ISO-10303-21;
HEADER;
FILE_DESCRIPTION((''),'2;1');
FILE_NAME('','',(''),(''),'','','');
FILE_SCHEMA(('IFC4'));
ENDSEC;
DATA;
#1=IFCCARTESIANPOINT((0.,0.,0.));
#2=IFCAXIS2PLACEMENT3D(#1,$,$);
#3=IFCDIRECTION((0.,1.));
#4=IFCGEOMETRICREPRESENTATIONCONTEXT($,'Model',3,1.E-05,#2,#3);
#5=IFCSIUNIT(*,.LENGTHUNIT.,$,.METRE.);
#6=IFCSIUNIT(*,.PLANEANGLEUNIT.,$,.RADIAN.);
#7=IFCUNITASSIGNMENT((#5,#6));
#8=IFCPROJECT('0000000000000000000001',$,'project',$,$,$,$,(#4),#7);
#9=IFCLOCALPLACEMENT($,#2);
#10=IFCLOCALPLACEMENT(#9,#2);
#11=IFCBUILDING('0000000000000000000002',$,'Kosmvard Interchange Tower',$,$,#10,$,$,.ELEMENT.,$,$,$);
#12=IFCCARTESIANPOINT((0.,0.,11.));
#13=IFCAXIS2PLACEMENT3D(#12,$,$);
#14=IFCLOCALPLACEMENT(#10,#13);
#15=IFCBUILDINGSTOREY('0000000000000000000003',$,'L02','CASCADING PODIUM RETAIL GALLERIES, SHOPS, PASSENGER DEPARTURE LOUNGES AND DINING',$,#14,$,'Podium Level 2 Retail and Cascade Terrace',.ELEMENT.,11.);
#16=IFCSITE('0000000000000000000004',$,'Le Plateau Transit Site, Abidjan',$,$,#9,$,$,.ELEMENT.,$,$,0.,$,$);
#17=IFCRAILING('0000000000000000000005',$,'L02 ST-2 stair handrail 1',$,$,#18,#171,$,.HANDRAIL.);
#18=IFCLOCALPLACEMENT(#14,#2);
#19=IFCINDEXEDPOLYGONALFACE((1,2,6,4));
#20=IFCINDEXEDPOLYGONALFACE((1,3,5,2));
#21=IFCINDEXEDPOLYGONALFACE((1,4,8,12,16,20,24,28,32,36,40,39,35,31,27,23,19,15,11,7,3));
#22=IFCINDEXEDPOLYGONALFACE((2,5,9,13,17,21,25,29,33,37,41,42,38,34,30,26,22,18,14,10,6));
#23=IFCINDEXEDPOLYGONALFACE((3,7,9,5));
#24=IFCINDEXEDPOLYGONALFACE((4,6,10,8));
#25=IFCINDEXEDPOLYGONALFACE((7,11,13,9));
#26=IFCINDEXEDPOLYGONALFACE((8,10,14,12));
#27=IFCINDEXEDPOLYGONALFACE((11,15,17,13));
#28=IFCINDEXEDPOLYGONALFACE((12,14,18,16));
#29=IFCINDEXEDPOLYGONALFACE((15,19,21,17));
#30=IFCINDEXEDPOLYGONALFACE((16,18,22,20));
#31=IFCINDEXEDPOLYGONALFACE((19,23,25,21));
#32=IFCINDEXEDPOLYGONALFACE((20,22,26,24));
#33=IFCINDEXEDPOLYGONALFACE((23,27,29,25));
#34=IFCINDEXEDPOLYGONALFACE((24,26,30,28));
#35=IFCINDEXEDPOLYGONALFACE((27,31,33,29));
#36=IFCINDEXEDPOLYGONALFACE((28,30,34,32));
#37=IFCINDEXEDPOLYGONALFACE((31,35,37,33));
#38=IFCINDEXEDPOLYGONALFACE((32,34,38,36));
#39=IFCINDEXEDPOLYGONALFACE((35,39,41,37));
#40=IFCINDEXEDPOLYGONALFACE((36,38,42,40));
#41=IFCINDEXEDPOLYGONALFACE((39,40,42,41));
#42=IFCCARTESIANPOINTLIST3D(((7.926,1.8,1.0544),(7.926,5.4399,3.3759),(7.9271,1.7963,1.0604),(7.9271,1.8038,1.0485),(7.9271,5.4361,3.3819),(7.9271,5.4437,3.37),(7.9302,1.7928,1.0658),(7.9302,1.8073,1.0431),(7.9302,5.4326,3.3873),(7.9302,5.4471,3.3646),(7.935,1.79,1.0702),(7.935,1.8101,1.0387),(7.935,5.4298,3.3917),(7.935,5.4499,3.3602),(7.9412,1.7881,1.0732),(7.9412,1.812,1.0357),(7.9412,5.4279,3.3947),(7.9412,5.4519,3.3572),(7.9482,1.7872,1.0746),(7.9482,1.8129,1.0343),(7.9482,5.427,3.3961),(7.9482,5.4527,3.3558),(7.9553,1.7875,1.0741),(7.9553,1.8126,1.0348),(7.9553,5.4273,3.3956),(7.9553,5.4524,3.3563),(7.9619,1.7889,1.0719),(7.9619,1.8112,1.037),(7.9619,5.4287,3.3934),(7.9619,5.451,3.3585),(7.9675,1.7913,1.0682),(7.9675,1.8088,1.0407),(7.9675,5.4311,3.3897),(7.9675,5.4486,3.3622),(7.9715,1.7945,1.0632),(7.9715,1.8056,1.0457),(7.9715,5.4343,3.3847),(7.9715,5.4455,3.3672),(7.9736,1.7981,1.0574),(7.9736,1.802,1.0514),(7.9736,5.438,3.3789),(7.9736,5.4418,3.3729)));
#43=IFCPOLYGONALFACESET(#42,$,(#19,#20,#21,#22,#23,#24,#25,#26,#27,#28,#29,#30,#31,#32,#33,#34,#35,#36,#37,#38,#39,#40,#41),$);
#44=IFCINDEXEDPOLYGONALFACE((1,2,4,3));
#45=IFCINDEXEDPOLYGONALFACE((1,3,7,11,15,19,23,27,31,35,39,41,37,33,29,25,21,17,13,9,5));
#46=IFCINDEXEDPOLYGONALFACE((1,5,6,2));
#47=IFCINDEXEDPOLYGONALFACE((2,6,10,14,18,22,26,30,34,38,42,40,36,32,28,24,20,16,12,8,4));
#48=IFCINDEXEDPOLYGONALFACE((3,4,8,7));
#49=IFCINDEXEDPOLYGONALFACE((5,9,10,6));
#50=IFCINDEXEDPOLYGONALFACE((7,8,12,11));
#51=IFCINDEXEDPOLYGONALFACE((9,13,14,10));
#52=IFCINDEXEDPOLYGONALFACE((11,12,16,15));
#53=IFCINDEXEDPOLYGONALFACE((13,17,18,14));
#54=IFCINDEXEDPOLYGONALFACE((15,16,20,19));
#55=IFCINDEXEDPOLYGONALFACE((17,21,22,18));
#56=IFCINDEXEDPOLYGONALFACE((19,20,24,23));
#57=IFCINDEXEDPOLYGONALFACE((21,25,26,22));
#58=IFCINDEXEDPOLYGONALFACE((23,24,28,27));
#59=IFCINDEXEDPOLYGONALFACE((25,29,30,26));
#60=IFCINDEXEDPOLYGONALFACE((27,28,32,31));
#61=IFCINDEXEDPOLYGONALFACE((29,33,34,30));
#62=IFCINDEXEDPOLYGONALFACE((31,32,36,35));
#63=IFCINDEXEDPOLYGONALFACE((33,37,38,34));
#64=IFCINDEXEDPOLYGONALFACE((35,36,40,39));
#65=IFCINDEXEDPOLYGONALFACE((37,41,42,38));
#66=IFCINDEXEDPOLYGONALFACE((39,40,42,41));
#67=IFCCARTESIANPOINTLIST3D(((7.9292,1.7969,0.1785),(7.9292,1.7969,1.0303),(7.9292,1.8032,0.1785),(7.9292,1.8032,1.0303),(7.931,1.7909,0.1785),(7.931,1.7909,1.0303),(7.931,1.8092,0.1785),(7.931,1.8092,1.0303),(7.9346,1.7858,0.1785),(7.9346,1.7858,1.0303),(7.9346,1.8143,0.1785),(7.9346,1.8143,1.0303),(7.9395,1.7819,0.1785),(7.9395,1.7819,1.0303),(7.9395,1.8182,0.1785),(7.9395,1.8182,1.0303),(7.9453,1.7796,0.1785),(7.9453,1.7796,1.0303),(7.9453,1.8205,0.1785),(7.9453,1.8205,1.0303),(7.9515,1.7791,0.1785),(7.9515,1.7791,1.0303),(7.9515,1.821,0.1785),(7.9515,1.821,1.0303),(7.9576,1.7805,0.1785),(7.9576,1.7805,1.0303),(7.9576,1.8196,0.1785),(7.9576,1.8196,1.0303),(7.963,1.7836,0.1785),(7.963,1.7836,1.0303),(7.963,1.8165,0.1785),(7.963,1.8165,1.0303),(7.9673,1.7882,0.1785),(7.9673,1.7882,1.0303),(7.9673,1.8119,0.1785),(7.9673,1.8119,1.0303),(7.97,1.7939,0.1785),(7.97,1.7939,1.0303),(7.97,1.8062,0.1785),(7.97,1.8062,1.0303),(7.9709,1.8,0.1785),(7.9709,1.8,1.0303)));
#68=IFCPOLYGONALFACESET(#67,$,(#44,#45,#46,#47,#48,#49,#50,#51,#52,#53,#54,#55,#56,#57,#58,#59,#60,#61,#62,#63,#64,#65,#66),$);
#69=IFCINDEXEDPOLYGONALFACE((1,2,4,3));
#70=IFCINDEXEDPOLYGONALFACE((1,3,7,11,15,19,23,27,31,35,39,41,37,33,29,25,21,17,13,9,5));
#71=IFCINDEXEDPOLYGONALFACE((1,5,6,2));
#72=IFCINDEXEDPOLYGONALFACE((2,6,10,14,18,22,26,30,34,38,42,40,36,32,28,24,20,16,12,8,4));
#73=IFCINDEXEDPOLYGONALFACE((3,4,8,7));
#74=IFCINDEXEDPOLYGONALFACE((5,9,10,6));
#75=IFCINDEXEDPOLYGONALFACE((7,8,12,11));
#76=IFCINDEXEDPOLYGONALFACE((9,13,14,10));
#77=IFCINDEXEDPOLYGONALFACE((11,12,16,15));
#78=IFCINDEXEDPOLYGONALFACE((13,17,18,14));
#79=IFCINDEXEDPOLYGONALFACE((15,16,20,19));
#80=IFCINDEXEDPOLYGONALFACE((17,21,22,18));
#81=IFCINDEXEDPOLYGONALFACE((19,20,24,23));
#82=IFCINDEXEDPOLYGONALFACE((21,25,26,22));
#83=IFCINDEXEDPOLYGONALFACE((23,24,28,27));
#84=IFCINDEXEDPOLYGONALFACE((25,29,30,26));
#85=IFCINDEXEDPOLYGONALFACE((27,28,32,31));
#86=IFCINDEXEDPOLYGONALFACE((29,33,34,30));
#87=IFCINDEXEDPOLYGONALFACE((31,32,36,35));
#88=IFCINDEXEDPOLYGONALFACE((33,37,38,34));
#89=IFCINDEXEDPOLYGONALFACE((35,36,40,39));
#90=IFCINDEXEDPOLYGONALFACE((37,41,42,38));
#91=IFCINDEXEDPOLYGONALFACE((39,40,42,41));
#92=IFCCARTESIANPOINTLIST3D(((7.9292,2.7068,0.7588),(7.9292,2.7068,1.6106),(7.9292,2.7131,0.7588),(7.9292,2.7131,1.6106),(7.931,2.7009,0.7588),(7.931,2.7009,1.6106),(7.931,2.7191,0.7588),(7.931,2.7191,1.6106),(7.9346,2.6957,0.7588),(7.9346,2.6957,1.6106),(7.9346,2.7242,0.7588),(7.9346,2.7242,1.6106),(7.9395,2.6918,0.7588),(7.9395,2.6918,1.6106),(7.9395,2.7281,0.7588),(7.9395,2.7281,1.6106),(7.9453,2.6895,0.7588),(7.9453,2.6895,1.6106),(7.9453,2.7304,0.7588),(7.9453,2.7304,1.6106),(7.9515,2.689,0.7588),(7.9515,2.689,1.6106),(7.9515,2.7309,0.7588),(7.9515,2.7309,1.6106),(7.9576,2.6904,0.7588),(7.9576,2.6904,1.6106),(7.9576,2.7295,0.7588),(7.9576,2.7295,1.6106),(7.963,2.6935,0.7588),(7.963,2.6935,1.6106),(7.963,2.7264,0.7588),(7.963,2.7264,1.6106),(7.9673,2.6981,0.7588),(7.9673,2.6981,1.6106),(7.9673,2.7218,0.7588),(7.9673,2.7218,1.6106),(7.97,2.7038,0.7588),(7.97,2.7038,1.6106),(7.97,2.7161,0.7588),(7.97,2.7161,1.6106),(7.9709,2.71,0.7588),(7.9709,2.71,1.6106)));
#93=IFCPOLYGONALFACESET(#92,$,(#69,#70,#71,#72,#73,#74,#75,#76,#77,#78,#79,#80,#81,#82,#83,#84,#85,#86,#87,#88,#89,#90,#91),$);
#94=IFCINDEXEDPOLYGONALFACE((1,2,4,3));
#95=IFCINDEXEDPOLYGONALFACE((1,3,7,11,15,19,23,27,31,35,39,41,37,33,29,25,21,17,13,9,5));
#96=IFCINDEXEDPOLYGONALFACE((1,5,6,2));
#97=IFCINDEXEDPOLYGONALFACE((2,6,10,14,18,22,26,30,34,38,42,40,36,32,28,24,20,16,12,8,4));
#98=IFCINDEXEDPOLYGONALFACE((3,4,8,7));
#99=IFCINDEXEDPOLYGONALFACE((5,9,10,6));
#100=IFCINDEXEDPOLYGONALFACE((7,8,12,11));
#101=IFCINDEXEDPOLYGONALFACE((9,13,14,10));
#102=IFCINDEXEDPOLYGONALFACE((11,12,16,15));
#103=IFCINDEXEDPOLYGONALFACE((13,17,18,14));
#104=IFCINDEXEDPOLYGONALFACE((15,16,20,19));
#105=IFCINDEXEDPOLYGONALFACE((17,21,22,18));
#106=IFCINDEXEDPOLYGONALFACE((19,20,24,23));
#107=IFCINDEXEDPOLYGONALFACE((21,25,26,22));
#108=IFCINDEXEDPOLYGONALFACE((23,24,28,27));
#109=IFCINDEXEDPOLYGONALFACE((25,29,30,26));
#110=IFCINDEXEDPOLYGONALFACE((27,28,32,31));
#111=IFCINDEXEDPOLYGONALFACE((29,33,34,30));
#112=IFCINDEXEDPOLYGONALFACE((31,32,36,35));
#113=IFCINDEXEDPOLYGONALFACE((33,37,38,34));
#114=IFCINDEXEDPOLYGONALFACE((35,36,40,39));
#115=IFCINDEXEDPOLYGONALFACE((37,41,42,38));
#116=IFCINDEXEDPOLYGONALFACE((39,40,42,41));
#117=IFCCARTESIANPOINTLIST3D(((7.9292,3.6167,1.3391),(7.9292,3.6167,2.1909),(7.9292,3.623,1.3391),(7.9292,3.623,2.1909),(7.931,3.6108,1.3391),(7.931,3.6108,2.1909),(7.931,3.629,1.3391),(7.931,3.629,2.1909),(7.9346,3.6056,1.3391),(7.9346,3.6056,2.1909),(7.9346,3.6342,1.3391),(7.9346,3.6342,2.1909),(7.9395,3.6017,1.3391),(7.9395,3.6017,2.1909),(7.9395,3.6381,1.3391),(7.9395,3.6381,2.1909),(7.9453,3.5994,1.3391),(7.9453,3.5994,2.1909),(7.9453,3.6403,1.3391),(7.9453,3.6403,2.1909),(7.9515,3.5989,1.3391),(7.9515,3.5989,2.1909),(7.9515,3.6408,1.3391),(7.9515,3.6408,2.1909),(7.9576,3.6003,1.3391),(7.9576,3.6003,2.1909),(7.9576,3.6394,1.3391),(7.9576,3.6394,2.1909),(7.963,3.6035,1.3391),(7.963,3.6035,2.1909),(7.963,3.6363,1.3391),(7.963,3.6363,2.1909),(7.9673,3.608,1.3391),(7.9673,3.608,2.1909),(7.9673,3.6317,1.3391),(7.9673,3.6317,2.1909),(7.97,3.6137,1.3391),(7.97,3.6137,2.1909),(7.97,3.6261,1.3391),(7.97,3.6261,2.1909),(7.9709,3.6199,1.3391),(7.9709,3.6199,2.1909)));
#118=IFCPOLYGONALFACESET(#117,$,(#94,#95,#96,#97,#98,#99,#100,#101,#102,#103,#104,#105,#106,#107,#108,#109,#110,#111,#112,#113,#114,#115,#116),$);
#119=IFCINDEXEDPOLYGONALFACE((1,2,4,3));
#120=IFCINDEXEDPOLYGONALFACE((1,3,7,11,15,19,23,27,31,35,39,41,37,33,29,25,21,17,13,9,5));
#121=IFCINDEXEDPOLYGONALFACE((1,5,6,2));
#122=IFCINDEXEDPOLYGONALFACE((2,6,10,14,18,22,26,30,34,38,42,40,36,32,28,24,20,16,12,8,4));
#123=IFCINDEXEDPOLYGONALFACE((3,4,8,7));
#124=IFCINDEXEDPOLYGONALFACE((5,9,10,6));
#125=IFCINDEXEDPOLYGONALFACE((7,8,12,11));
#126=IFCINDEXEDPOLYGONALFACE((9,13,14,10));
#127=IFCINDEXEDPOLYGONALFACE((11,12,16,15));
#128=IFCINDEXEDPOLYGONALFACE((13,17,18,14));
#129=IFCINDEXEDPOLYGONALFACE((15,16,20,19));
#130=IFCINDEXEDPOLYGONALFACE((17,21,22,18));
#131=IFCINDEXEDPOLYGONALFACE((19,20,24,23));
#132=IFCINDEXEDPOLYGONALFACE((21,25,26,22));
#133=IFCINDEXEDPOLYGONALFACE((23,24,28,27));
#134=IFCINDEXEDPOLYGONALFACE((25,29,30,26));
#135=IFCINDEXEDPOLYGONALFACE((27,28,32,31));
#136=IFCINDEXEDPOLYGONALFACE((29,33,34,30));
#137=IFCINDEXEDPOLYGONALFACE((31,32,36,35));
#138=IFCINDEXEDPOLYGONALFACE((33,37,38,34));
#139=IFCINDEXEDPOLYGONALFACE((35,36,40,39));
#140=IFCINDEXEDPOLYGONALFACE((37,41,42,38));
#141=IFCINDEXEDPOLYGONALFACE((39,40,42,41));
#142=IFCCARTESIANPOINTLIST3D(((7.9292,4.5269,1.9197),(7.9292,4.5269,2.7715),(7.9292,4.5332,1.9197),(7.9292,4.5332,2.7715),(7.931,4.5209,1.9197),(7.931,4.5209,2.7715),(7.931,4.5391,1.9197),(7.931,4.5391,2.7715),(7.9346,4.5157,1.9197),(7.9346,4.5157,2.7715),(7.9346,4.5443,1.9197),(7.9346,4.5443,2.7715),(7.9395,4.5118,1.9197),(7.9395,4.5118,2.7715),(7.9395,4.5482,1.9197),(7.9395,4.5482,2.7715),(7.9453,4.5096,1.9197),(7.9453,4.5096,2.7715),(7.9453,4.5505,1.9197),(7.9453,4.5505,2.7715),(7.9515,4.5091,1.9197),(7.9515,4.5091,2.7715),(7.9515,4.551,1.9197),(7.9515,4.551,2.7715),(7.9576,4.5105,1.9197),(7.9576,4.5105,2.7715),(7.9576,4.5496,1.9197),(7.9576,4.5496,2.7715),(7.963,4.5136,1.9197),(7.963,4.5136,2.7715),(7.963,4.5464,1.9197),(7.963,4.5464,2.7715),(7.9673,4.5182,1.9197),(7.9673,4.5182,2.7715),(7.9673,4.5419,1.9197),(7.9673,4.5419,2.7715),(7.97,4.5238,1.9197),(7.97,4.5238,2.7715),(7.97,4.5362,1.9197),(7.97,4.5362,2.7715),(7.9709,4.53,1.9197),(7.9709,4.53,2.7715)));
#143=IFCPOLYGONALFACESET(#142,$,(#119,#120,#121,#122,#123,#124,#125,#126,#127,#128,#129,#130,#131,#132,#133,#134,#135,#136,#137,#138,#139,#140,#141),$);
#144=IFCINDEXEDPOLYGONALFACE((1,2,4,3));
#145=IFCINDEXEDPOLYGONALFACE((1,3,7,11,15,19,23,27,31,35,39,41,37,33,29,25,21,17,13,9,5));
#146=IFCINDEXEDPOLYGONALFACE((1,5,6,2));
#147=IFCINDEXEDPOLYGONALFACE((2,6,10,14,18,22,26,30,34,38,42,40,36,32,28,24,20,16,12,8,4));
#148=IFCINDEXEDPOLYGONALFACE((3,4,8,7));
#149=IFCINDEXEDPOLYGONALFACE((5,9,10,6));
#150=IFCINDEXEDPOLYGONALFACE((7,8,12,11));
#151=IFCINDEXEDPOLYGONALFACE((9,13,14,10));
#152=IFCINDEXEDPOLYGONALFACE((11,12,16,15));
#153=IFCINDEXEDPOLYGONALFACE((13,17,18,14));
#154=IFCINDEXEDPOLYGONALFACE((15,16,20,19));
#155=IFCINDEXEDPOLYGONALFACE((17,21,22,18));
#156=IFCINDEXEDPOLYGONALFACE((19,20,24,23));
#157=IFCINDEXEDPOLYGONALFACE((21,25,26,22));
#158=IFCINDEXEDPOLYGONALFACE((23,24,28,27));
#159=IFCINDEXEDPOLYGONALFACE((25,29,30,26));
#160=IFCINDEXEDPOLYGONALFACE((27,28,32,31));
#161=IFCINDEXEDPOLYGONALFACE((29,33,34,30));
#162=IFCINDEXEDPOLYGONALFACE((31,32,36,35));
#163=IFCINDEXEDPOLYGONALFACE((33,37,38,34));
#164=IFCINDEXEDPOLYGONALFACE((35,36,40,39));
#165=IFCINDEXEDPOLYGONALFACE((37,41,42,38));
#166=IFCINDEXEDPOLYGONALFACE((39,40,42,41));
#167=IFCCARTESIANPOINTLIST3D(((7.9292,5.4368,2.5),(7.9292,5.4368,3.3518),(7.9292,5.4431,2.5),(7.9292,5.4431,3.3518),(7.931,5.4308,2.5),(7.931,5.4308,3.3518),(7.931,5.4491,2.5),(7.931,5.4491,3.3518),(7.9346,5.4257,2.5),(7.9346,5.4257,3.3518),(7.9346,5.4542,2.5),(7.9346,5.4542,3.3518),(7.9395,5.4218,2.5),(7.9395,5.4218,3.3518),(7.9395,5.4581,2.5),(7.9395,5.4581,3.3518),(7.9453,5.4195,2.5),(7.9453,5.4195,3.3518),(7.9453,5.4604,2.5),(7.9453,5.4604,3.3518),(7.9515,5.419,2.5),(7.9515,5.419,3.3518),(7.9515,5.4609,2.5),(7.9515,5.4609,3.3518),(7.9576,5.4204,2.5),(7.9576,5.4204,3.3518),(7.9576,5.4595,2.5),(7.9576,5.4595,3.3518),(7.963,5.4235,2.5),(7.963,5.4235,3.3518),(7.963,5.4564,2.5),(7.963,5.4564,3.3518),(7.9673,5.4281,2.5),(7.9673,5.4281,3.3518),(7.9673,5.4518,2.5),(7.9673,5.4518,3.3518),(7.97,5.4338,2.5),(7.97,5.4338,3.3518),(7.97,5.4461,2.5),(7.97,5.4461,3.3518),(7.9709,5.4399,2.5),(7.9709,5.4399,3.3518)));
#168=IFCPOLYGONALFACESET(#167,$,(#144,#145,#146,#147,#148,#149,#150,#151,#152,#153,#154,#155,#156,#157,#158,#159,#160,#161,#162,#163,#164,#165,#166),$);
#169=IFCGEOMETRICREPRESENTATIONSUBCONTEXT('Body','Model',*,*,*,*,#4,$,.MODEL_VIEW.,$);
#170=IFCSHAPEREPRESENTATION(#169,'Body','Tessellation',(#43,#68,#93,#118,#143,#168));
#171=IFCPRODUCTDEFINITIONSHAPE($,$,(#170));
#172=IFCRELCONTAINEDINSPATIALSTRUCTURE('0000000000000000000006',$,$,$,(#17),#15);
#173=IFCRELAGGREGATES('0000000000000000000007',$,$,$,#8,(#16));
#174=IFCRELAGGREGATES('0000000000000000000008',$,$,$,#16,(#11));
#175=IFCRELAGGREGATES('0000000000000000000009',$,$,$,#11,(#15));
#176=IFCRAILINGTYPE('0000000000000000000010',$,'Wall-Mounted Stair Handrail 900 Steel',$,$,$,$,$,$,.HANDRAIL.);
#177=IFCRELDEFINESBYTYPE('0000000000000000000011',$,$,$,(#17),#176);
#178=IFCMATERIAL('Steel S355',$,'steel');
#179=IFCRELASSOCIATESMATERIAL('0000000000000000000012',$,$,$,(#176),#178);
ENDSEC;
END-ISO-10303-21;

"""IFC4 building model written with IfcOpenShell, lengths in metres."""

from ifc_helpers import new_model, si_unit, direction, frame, origin, origin_2d, place, context, subcontext, project, spatial, circle, extrude, source, transform, mapped, material, type_object, element, save


model = new_model("IFC4")

# Units and contexts
model_context = context("Model", 3, precision=1e-05, world=origin(), true_north=direction((0.0, 1.0)))
body_context = subcontext(model_context, "Body", "Model", "MODEL_VIEW")
ifc_project = project(units=[si_unit("LENGTHUNIT", "METRE"), si_unit("PLANEANGLEUNIT", "RADIAN")], contexts=[model_context])

# Site, building, storey
site_placement = place(None, origin())
site = spatial("IfcSite", under=ifc_project, at=site_placement, Name="Le Plateau Transit Site, Abidjan", CompositionType="ELEMENT", RefElevation=0.0)
building_placement = place(site_placement, origin())
building = spatial("IfcBuilding", under=site, at=building_placement, Name="Kosmvard Interchange Tower", CompositionType="ELEMENT")
storey_placement = place(building_placement, frame((0.0, 0.0, 11.0)))
storey = spatial("IfcBuildingStorey", under=building, at=storey_placement, Name="L02", Description="CASCADING PODIUM RETAIL GALLERIES, SHOPS, PASSENGER DEPARTURE LOUNGES AND DINING", LongName="Podium Level 2 Retail and Cascade Terrace", CompositionType="ELEMENT", Elevation=11.0)

# Shared definitions
ifc_material_1 = material(Name="Steel S355", Category="steel")

# Railing
railing_type_1 = type_object("IfcRailingType", Name="Wall-Mounted Stair Handrail 900 Steel", PredefinedType="HANDRAIL", material=ifc_material_1)
shared_shape_1 = source(origin(), body_context, "Body", "SweptSolid", [
    extrude(circle(Radius=0.0239, at=origin_2d()), frame((0.0, 0.0, 0.876), z_axis=(0.0, 0.843112, 0.537739), x_axis=(-1.0, 0.0, 0.0)), (0.0, 0.0, 1.0), 4.3171),
    extrude(circle(Radius=0.021, at=origin_2d()), origin(), (0.0, 0.0, 1.0), 0.8518),
    extrude(circle(Radius=0.021, at=origin_2d()), frame((0.0, 0.9099, 0.5803)), (0.0, 0.0, 1.0), 0.8518),
    extrude(circle(Radius=0.021, at=origin_2d()), frame((0.0, 1.8198, 1.1606)), (0.0, 0.0, 1.0), 0.8518),
    extrude(circle(Radius=0.021, at=origin_2d()), frame((0.0, 2.73, 1.7412)), (0.0, 0.0, 1.0), 0.8518),
    extrude(circle(Radius=0.021, at=origin_2d()), frame((0.0, 3.6399, 2.3215)), (0.0, 0.0, 1.0), 0.8518),
])
railing_1_placement = place(storey_placement, frame((7.95, 1.8, 0.1785)))
element("IfcRailing", 1, at=railing_1_placement, inside=storey, type_object=railing_type_1, Name="L02 ST-2 stair handrail 1", PredefinedType="HANDRAIL", context=body_context, shape_type="MappedRepresentation", body=[
    mapped(shared_shape_1, transform((0.0, 0.0, 0.0), scale=1.0)),
])

save(model, "model.ifc")
